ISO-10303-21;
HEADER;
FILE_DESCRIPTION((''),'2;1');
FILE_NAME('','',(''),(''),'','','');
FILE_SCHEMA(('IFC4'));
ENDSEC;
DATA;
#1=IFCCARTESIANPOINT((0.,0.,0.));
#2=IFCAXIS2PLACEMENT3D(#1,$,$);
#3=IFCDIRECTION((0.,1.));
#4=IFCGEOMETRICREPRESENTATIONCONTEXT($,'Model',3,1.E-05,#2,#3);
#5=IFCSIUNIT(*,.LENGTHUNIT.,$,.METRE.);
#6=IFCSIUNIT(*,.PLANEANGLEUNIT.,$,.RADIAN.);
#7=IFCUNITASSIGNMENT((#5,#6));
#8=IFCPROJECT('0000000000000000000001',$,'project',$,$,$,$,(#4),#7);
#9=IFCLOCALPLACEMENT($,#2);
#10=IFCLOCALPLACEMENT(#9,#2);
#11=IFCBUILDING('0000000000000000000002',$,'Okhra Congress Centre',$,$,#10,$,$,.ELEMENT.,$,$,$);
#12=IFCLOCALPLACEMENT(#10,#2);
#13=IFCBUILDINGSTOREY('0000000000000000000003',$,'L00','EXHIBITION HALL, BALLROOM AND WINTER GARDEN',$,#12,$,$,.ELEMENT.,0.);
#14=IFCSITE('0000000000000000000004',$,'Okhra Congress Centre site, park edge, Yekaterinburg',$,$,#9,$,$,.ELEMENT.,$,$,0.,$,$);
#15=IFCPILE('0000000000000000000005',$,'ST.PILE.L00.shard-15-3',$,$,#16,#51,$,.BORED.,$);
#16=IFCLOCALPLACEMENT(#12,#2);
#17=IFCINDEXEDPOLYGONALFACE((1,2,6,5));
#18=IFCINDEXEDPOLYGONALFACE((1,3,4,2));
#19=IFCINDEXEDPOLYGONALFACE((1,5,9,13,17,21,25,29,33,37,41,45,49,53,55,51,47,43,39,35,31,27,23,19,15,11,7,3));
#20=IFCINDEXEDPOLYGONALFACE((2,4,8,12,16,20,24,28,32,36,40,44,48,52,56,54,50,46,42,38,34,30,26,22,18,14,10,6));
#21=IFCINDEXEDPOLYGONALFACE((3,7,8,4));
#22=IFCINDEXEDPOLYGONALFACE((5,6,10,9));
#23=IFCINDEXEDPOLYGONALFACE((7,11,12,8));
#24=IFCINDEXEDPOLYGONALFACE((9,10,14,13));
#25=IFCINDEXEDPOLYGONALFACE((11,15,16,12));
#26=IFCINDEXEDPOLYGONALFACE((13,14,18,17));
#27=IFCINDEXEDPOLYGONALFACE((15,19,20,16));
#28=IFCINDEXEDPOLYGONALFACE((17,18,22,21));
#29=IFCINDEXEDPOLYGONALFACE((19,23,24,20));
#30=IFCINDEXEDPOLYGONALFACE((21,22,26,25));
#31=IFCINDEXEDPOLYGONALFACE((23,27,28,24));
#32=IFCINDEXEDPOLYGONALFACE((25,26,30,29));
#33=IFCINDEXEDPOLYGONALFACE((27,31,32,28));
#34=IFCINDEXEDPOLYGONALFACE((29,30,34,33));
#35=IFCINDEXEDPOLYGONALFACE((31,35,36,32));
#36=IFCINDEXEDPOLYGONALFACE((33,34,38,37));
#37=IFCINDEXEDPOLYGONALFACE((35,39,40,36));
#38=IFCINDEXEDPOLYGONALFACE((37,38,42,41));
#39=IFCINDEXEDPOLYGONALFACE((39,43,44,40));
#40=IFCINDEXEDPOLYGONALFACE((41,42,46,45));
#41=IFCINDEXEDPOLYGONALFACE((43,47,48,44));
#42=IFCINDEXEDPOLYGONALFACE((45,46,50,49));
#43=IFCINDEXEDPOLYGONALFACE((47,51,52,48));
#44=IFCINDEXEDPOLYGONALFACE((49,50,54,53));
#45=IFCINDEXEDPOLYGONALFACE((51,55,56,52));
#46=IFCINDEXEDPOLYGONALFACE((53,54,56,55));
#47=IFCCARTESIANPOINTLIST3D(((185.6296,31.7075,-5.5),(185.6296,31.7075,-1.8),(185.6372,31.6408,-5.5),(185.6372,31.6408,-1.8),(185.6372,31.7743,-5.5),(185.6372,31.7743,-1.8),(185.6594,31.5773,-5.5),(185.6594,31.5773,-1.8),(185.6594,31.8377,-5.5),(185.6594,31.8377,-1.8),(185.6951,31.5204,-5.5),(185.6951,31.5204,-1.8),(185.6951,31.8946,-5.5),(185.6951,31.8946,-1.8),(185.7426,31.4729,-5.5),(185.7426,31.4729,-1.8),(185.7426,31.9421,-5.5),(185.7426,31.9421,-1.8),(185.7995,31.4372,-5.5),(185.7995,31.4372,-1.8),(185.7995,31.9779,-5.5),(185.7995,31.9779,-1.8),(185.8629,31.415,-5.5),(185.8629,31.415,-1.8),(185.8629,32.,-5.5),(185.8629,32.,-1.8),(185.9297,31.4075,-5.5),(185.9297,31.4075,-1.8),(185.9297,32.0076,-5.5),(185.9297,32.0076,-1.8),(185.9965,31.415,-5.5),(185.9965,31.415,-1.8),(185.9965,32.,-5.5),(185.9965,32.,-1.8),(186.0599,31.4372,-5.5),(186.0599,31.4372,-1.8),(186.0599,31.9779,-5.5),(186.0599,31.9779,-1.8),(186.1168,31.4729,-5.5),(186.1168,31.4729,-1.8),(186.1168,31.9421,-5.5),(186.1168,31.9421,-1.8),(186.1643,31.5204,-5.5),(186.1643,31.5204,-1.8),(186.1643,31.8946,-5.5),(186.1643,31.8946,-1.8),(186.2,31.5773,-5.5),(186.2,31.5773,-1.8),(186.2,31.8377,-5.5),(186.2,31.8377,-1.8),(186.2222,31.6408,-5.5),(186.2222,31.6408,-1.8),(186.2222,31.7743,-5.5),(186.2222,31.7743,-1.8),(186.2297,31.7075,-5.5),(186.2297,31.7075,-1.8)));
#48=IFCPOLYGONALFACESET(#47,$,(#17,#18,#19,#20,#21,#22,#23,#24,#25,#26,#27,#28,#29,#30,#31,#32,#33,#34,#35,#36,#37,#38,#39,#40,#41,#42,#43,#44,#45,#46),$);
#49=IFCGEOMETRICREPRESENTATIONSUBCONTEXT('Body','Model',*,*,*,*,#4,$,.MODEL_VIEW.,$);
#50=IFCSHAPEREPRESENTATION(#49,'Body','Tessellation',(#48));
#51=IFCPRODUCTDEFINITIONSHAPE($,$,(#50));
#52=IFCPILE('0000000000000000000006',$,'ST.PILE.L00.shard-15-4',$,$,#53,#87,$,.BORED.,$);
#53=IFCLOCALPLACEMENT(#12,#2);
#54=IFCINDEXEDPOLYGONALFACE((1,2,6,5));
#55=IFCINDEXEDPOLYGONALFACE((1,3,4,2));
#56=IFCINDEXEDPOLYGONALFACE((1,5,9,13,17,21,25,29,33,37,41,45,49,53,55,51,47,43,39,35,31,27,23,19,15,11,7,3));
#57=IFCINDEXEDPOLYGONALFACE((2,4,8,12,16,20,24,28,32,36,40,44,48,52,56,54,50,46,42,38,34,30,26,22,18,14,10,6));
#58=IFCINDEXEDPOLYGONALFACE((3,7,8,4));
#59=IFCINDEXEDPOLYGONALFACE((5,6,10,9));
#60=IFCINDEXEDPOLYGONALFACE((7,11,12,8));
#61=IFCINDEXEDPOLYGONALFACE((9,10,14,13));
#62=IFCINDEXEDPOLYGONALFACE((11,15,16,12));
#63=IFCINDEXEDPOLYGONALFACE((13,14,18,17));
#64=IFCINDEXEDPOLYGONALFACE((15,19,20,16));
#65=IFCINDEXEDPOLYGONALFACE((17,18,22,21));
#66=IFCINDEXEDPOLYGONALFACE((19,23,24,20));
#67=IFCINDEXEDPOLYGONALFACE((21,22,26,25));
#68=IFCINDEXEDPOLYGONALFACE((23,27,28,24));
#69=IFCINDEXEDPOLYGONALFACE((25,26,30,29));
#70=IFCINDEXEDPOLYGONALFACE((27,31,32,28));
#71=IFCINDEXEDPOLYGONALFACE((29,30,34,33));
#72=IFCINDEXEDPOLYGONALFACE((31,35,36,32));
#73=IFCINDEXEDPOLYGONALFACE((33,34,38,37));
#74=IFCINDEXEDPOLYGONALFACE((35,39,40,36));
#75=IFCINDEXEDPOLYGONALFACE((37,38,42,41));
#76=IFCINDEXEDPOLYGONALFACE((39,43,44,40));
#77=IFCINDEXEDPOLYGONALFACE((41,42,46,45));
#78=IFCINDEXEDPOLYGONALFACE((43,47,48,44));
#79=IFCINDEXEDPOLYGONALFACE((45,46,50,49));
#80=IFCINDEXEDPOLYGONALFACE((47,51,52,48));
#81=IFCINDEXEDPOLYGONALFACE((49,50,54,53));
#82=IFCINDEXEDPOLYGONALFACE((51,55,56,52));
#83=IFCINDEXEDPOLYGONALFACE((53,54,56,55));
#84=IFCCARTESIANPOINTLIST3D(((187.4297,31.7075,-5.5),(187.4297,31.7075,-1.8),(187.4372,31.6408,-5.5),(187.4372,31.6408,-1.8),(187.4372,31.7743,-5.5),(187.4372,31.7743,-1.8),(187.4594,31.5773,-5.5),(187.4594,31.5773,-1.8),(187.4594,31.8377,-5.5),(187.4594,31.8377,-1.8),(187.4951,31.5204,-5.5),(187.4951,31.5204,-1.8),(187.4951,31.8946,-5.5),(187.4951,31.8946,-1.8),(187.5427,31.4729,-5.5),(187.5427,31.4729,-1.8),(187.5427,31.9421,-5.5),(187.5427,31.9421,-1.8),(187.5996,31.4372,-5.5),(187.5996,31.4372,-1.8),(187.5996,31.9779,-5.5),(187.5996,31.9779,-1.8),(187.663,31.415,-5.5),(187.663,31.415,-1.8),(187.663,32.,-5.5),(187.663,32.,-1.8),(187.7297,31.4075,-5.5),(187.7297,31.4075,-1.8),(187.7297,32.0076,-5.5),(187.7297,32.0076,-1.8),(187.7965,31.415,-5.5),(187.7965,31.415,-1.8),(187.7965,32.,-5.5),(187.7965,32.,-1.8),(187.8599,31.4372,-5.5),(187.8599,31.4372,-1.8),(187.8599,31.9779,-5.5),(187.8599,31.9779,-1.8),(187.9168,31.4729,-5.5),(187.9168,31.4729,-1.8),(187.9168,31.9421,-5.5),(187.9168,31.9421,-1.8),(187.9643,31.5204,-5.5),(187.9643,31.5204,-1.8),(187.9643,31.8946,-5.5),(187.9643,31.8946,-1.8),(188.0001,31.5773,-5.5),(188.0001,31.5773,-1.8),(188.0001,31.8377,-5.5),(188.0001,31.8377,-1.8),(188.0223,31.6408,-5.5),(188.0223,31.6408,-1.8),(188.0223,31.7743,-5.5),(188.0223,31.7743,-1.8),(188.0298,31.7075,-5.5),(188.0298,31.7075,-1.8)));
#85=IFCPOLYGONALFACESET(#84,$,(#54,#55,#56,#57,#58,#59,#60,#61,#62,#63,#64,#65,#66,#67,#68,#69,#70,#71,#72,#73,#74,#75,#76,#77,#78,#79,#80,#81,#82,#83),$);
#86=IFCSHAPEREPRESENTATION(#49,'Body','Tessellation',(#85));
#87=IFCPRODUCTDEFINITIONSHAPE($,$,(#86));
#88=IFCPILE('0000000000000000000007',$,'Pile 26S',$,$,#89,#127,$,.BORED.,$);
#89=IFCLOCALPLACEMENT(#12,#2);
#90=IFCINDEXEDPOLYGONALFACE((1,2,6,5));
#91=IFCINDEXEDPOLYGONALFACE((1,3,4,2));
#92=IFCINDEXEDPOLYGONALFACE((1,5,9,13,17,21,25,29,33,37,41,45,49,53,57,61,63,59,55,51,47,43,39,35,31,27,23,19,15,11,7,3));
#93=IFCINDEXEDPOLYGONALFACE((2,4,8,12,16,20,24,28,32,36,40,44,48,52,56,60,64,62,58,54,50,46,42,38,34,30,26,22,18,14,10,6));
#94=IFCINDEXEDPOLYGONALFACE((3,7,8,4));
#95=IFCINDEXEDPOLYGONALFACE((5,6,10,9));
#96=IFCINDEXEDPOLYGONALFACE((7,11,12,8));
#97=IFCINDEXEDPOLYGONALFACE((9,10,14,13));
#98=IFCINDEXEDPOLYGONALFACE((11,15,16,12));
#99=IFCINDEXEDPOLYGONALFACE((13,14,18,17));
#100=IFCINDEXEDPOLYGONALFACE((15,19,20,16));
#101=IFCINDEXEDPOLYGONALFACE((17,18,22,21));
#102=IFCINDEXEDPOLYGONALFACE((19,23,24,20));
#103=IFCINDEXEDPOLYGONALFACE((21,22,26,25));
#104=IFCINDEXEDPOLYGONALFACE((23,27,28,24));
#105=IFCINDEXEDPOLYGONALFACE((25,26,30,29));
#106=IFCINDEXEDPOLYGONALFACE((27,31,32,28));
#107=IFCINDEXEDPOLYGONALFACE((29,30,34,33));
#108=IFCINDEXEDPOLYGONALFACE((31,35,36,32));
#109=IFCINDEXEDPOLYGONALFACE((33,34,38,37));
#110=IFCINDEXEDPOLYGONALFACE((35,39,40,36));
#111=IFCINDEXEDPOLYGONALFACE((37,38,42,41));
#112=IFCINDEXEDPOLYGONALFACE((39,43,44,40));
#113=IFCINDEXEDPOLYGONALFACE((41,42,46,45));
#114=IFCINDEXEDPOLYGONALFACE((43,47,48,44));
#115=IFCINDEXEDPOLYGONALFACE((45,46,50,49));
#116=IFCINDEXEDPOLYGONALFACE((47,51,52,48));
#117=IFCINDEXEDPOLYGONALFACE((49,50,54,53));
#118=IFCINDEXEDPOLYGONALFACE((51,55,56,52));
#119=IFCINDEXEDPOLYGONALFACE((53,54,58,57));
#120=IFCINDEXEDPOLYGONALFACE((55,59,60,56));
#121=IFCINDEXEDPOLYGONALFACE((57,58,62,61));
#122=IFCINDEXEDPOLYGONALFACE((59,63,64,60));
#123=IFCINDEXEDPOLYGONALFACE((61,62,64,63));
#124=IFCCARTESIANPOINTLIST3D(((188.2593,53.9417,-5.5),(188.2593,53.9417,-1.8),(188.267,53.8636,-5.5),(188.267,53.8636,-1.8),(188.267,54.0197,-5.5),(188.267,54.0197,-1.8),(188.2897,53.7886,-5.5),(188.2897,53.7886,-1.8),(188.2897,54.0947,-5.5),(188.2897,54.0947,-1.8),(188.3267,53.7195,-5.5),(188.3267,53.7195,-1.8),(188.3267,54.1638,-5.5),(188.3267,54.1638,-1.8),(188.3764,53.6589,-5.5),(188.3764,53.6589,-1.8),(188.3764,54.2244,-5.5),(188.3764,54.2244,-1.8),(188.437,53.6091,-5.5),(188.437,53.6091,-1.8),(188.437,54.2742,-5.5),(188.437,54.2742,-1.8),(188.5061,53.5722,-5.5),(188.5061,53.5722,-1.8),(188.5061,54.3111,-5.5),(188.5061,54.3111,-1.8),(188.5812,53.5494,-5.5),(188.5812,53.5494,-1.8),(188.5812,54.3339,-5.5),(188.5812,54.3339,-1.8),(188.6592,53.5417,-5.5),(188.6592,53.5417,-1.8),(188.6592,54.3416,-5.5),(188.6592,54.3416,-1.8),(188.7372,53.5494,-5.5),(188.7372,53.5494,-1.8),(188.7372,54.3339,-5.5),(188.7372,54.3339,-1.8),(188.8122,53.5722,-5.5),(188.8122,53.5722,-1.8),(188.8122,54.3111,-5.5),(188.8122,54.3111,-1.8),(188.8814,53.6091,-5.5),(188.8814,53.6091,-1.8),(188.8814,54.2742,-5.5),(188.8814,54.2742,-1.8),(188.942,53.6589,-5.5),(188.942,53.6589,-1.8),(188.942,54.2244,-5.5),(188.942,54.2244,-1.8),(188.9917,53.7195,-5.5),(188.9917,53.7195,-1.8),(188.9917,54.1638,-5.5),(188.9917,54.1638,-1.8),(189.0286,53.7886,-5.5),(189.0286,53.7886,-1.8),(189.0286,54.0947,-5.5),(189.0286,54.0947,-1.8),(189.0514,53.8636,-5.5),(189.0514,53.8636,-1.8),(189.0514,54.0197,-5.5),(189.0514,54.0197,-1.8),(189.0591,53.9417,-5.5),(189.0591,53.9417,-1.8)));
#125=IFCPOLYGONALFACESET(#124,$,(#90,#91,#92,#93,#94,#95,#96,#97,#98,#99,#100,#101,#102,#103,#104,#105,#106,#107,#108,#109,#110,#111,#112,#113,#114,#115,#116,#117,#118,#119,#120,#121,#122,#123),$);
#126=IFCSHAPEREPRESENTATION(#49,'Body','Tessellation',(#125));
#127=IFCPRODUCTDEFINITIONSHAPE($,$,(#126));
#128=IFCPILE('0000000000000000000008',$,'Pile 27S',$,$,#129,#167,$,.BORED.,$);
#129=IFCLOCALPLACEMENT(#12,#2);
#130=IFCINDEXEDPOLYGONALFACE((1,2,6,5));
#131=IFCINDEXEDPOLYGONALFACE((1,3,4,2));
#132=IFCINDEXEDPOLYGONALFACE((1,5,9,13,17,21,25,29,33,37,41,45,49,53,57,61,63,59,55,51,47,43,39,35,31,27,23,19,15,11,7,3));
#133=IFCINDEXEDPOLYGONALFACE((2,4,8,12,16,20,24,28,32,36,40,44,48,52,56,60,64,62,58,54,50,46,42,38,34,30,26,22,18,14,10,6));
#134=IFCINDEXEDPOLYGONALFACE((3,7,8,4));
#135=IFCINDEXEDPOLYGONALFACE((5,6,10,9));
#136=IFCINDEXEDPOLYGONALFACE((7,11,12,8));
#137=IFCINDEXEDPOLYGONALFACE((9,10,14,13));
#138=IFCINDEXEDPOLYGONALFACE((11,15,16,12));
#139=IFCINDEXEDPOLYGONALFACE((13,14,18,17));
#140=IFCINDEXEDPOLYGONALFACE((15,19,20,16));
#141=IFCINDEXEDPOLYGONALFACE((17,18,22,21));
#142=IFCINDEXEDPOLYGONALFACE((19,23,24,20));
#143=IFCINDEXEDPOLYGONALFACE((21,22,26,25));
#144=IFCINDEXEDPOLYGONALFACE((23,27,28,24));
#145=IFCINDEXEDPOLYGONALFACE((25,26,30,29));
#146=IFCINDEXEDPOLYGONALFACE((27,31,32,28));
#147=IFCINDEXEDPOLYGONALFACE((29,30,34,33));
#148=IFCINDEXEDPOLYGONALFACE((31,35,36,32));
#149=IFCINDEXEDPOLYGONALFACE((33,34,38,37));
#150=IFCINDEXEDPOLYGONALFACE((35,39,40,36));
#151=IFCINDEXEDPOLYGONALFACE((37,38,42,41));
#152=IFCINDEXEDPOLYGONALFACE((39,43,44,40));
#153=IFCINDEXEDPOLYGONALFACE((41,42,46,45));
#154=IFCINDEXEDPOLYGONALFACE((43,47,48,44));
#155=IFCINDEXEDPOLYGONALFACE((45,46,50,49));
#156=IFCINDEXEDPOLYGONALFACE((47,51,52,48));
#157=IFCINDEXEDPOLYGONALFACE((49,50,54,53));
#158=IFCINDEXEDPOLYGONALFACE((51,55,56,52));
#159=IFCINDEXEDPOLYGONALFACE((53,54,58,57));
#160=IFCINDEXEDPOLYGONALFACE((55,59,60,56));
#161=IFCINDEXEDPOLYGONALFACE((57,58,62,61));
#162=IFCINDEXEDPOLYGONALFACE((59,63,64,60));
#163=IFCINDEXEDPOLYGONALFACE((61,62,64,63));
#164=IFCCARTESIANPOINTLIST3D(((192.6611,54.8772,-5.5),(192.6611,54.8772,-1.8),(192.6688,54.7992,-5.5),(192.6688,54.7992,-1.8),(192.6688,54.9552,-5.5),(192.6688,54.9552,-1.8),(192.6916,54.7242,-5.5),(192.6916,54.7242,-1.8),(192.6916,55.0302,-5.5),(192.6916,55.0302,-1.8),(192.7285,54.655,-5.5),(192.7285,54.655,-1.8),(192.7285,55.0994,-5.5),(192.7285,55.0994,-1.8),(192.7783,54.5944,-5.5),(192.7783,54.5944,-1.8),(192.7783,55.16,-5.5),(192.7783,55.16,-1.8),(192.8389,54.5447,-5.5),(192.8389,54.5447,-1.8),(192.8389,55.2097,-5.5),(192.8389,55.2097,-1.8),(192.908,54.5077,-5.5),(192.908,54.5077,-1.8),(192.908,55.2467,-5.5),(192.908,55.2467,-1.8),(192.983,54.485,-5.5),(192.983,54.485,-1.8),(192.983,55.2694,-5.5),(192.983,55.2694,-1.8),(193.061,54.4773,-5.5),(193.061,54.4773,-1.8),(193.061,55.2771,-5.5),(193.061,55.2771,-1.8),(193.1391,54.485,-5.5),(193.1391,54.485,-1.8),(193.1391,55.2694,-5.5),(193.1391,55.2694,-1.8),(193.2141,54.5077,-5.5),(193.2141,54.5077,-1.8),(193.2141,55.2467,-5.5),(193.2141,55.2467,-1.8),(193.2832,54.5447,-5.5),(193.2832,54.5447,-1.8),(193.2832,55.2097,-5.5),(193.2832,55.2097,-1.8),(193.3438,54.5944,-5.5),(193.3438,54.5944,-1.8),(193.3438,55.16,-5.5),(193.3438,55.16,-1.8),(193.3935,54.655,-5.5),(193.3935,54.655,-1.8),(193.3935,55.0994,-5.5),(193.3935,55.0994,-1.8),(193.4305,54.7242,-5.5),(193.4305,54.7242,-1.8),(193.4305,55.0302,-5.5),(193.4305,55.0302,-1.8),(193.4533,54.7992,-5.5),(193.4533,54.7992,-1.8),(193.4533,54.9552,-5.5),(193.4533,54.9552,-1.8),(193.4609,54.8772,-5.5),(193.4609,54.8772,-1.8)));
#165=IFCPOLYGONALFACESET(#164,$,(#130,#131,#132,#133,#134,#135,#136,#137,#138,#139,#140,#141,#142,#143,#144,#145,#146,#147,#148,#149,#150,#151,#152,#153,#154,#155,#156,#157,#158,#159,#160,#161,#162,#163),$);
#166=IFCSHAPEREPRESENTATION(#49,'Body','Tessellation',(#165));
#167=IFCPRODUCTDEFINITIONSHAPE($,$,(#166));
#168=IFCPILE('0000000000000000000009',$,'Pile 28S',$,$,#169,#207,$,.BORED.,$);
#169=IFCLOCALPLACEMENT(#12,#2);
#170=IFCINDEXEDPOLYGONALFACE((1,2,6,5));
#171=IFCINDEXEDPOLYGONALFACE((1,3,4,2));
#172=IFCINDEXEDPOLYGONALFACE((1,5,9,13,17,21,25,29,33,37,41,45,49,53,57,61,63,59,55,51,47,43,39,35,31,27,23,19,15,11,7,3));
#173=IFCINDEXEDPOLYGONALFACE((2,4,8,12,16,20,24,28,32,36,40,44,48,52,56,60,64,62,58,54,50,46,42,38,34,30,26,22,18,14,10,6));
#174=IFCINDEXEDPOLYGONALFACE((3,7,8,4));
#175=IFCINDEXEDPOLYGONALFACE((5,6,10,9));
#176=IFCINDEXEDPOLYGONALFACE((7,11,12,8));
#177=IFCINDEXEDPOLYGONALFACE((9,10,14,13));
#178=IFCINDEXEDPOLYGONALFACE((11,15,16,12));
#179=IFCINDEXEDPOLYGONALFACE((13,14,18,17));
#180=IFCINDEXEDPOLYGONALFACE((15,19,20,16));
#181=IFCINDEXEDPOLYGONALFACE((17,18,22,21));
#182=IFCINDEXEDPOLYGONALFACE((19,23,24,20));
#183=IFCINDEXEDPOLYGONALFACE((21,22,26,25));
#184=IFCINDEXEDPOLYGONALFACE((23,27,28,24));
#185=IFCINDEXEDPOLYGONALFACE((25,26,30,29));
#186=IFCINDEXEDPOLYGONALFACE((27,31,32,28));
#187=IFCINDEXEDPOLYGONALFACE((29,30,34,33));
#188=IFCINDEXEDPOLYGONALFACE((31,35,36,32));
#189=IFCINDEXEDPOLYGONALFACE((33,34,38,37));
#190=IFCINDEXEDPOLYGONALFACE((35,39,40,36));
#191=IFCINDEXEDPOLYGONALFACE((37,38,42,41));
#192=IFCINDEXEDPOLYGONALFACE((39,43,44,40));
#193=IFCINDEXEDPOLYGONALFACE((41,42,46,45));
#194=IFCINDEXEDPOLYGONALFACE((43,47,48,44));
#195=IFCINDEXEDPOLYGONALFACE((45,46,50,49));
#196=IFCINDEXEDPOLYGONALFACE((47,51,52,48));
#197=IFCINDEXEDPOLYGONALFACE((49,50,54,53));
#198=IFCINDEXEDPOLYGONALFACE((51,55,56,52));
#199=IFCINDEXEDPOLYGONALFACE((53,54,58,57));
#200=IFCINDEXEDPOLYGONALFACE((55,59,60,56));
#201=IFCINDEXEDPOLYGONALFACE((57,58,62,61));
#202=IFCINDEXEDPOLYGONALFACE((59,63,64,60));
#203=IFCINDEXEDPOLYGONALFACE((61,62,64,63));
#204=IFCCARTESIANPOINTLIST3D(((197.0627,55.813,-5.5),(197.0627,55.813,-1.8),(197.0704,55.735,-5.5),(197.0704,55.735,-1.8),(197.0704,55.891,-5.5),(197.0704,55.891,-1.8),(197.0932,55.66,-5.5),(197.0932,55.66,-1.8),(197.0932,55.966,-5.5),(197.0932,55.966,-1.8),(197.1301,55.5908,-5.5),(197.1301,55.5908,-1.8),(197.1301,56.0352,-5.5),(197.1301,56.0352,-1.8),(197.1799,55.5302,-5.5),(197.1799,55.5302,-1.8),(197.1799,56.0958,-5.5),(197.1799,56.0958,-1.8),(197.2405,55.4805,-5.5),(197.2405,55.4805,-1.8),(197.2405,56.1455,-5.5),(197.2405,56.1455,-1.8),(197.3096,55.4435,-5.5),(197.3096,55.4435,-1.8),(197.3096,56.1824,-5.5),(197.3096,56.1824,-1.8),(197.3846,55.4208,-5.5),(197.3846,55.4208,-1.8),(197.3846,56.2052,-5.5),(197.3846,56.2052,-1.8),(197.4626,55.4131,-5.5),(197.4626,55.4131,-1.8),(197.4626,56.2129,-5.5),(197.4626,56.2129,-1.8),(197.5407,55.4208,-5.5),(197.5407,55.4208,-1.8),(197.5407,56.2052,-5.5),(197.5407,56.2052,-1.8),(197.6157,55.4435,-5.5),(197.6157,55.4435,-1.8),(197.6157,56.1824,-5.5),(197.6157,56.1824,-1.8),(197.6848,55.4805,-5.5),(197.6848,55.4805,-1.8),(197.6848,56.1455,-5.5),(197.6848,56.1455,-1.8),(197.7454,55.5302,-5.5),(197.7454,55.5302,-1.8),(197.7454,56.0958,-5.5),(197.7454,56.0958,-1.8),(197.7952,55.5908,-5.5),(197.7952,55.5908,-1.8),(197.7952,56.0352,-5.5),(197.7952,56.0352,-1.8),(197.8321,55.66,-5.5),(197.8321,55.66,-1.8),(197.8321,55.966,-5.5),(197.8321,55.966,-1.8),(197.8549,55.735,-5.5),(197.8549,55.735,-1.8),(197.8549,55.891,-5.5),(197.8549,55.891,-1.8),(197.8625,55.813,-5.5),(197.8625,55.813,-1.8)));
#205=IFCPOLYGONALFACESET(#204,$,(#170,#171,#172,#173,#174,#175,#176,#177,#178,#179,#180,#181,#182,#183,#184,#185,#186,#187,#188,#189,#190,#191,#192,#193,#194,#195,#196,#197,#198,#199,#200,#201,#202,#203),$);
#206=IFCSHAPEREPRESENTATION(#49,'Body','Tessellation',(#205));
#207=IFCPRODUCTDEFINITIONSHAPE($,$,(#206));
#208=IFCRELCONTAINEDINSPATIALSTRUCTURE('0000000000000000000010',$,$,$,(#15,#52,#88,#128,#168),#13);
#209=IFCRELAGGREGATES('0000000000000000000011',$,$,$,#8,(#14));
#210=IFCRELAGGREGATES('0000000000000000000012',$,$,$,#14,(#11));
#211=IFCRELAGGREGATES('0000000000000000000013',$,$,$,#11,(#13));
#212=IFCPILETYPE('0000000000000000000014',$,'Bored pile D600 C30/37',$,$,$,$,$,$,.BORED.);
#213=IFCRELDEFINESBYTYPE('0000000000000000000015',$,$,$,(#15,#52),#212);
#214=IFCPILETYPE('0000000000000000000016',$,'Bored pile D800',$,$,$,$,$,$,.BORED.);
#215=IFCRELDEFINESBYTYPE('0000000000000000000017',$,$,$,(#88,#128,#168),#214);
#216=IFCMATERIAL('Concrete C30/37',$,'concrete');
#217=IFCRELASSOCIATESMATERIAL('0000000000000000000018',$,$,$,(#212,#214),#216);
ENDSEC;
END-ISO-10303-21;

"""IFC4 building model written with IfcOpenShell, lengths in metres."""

from ifc_helpers import new_model, si_unit, direction, frame, origin, origin_2d, place, context, subcontext, project, spatial, circle, extrude, material, material_profile, profile_set, type_object, element, save


model = new_model("IFC4")

# Units and contexts
model_context = context("Model", 3, precision=1e-05, world=origin(), true_north=direction((0.0, 1.0)))
body_context = subcontext(model_context, "Body", "Model", "MODEL_VIEW")
ifc_project = project(units=[si_unit("LENGTHUNIT", "METRE"), si_unit("PLANEANGLEUNIT", "RADIAN")], contexts=[model_context])

# Site, building, storey
site_placement = place(None, origin())
site = spatial("IfcSite", under=ifc_project, at=site_placement, Name="Okhra Congress Centre site, park edge, Yekaterinburg", CompositionType="ELEMENT", RefElevation=0.0)
building_placement = place(site_placement, origin())
building = spatial("IfcBuilding", under=site, at=building_placement, Name="Okhra Congress Centre", CompositionType="ELEMENT")
storey_placement = place(building_placement, origin())
storey = spatial("IfcBuildingStorey", under=building, at=storey_placement, Name="L00", Description="EXHIBITION HALL, BALLROOM AND WINTER GARDEN", CompositionType="ELEMENT", Elevation=0.0)

# Piles
ifc_material_1 = material(Name="Concrete C30/37", Category="concrete")
ifc_material_profile_1 = material_profile(ifc_material_1, circle(Radius=0.3, at=origin_2d()), Name="D600")
ifc_profile_set_1 = profile_set([ifc_material_profile_1], Name="Concrete C30/37")
pile_type_1 = type_object("IfcPileType", Name="Bored pile D600 C30/37", PredefinedType="BORED", material=ifc_profile_set_1)
for number, where, z_axis, x_axis, name in (
    (1, (185.9297, 31.7075, -1.8), (0.0, 0.0, -1.0), (1.0, 0.0, 0.0), "ST.PILE.L00.shard-15-3"),
    (2, (187.7297, 31.7075, -1.8), (0.0, 0.0, -1.0), (1.0, 0.0, 0.0), "ST.PILE.L00.shard-15-4"),
):
    element("IfcPile", number, at=place(storey_placement, frame(where, z_axis=z_axis, x_axis=x_axis)), inside=storey, type_object=pile_type_1, Name=name, PredefinedType="BORED", context=body_context, shape_type="SweptSolid", body=[
        extrude(circle(Radius=0.3, at=origin_2d()), origin(), (0.0, 0.0, 1.0), 3.7),
    ])
ifc_material_profile_2 = material_profile(ifc_material_1, circle(Radius=0.3999, at=origin_2d()), Name="D800")
ifc_profile_set_2 = profile_set([ifc_material_profile_2], Name="Concrete C30/37")
pile_type_2 = type_object("IfcPileType", Name="Bored pile D800", PredefinedType="BORED", material=ifc_profile_set_2)
for number, where, z_axis, x_axis, name in (
    (3, (188.6592, 53.9417, -1.8), (0.0, 0.0, -1.0), (1.0, 0.0, 0.0), "Pile 26S"),
    (4, (193.061, 54.8772, -1.8), (0.0, 0.0, -1.0), (1.0, 0.0, 0.0), "Pile 27S"),
    (5, (197.4626, 55.813, -1.8), (0.0, 0.0, -1.0), (1.0, 0.0, 0.0), "Pile 28S"),
):
    element("IfcPile", number, at=place(storey_placement, frame(where, z_axis=z_axis, x_axis=x_axis)), inside=storey, type_object=pile_type_2, Name=name, PredefinedType="BORED", context=body_context, shape_type="SweptSolid", body=[
        extrude(circle(Radius=0.3999, at=origin_2d()), origin(), (0.0, 0.0, 1.0), 3.7),
    ])

save(model, "model.ifc")
